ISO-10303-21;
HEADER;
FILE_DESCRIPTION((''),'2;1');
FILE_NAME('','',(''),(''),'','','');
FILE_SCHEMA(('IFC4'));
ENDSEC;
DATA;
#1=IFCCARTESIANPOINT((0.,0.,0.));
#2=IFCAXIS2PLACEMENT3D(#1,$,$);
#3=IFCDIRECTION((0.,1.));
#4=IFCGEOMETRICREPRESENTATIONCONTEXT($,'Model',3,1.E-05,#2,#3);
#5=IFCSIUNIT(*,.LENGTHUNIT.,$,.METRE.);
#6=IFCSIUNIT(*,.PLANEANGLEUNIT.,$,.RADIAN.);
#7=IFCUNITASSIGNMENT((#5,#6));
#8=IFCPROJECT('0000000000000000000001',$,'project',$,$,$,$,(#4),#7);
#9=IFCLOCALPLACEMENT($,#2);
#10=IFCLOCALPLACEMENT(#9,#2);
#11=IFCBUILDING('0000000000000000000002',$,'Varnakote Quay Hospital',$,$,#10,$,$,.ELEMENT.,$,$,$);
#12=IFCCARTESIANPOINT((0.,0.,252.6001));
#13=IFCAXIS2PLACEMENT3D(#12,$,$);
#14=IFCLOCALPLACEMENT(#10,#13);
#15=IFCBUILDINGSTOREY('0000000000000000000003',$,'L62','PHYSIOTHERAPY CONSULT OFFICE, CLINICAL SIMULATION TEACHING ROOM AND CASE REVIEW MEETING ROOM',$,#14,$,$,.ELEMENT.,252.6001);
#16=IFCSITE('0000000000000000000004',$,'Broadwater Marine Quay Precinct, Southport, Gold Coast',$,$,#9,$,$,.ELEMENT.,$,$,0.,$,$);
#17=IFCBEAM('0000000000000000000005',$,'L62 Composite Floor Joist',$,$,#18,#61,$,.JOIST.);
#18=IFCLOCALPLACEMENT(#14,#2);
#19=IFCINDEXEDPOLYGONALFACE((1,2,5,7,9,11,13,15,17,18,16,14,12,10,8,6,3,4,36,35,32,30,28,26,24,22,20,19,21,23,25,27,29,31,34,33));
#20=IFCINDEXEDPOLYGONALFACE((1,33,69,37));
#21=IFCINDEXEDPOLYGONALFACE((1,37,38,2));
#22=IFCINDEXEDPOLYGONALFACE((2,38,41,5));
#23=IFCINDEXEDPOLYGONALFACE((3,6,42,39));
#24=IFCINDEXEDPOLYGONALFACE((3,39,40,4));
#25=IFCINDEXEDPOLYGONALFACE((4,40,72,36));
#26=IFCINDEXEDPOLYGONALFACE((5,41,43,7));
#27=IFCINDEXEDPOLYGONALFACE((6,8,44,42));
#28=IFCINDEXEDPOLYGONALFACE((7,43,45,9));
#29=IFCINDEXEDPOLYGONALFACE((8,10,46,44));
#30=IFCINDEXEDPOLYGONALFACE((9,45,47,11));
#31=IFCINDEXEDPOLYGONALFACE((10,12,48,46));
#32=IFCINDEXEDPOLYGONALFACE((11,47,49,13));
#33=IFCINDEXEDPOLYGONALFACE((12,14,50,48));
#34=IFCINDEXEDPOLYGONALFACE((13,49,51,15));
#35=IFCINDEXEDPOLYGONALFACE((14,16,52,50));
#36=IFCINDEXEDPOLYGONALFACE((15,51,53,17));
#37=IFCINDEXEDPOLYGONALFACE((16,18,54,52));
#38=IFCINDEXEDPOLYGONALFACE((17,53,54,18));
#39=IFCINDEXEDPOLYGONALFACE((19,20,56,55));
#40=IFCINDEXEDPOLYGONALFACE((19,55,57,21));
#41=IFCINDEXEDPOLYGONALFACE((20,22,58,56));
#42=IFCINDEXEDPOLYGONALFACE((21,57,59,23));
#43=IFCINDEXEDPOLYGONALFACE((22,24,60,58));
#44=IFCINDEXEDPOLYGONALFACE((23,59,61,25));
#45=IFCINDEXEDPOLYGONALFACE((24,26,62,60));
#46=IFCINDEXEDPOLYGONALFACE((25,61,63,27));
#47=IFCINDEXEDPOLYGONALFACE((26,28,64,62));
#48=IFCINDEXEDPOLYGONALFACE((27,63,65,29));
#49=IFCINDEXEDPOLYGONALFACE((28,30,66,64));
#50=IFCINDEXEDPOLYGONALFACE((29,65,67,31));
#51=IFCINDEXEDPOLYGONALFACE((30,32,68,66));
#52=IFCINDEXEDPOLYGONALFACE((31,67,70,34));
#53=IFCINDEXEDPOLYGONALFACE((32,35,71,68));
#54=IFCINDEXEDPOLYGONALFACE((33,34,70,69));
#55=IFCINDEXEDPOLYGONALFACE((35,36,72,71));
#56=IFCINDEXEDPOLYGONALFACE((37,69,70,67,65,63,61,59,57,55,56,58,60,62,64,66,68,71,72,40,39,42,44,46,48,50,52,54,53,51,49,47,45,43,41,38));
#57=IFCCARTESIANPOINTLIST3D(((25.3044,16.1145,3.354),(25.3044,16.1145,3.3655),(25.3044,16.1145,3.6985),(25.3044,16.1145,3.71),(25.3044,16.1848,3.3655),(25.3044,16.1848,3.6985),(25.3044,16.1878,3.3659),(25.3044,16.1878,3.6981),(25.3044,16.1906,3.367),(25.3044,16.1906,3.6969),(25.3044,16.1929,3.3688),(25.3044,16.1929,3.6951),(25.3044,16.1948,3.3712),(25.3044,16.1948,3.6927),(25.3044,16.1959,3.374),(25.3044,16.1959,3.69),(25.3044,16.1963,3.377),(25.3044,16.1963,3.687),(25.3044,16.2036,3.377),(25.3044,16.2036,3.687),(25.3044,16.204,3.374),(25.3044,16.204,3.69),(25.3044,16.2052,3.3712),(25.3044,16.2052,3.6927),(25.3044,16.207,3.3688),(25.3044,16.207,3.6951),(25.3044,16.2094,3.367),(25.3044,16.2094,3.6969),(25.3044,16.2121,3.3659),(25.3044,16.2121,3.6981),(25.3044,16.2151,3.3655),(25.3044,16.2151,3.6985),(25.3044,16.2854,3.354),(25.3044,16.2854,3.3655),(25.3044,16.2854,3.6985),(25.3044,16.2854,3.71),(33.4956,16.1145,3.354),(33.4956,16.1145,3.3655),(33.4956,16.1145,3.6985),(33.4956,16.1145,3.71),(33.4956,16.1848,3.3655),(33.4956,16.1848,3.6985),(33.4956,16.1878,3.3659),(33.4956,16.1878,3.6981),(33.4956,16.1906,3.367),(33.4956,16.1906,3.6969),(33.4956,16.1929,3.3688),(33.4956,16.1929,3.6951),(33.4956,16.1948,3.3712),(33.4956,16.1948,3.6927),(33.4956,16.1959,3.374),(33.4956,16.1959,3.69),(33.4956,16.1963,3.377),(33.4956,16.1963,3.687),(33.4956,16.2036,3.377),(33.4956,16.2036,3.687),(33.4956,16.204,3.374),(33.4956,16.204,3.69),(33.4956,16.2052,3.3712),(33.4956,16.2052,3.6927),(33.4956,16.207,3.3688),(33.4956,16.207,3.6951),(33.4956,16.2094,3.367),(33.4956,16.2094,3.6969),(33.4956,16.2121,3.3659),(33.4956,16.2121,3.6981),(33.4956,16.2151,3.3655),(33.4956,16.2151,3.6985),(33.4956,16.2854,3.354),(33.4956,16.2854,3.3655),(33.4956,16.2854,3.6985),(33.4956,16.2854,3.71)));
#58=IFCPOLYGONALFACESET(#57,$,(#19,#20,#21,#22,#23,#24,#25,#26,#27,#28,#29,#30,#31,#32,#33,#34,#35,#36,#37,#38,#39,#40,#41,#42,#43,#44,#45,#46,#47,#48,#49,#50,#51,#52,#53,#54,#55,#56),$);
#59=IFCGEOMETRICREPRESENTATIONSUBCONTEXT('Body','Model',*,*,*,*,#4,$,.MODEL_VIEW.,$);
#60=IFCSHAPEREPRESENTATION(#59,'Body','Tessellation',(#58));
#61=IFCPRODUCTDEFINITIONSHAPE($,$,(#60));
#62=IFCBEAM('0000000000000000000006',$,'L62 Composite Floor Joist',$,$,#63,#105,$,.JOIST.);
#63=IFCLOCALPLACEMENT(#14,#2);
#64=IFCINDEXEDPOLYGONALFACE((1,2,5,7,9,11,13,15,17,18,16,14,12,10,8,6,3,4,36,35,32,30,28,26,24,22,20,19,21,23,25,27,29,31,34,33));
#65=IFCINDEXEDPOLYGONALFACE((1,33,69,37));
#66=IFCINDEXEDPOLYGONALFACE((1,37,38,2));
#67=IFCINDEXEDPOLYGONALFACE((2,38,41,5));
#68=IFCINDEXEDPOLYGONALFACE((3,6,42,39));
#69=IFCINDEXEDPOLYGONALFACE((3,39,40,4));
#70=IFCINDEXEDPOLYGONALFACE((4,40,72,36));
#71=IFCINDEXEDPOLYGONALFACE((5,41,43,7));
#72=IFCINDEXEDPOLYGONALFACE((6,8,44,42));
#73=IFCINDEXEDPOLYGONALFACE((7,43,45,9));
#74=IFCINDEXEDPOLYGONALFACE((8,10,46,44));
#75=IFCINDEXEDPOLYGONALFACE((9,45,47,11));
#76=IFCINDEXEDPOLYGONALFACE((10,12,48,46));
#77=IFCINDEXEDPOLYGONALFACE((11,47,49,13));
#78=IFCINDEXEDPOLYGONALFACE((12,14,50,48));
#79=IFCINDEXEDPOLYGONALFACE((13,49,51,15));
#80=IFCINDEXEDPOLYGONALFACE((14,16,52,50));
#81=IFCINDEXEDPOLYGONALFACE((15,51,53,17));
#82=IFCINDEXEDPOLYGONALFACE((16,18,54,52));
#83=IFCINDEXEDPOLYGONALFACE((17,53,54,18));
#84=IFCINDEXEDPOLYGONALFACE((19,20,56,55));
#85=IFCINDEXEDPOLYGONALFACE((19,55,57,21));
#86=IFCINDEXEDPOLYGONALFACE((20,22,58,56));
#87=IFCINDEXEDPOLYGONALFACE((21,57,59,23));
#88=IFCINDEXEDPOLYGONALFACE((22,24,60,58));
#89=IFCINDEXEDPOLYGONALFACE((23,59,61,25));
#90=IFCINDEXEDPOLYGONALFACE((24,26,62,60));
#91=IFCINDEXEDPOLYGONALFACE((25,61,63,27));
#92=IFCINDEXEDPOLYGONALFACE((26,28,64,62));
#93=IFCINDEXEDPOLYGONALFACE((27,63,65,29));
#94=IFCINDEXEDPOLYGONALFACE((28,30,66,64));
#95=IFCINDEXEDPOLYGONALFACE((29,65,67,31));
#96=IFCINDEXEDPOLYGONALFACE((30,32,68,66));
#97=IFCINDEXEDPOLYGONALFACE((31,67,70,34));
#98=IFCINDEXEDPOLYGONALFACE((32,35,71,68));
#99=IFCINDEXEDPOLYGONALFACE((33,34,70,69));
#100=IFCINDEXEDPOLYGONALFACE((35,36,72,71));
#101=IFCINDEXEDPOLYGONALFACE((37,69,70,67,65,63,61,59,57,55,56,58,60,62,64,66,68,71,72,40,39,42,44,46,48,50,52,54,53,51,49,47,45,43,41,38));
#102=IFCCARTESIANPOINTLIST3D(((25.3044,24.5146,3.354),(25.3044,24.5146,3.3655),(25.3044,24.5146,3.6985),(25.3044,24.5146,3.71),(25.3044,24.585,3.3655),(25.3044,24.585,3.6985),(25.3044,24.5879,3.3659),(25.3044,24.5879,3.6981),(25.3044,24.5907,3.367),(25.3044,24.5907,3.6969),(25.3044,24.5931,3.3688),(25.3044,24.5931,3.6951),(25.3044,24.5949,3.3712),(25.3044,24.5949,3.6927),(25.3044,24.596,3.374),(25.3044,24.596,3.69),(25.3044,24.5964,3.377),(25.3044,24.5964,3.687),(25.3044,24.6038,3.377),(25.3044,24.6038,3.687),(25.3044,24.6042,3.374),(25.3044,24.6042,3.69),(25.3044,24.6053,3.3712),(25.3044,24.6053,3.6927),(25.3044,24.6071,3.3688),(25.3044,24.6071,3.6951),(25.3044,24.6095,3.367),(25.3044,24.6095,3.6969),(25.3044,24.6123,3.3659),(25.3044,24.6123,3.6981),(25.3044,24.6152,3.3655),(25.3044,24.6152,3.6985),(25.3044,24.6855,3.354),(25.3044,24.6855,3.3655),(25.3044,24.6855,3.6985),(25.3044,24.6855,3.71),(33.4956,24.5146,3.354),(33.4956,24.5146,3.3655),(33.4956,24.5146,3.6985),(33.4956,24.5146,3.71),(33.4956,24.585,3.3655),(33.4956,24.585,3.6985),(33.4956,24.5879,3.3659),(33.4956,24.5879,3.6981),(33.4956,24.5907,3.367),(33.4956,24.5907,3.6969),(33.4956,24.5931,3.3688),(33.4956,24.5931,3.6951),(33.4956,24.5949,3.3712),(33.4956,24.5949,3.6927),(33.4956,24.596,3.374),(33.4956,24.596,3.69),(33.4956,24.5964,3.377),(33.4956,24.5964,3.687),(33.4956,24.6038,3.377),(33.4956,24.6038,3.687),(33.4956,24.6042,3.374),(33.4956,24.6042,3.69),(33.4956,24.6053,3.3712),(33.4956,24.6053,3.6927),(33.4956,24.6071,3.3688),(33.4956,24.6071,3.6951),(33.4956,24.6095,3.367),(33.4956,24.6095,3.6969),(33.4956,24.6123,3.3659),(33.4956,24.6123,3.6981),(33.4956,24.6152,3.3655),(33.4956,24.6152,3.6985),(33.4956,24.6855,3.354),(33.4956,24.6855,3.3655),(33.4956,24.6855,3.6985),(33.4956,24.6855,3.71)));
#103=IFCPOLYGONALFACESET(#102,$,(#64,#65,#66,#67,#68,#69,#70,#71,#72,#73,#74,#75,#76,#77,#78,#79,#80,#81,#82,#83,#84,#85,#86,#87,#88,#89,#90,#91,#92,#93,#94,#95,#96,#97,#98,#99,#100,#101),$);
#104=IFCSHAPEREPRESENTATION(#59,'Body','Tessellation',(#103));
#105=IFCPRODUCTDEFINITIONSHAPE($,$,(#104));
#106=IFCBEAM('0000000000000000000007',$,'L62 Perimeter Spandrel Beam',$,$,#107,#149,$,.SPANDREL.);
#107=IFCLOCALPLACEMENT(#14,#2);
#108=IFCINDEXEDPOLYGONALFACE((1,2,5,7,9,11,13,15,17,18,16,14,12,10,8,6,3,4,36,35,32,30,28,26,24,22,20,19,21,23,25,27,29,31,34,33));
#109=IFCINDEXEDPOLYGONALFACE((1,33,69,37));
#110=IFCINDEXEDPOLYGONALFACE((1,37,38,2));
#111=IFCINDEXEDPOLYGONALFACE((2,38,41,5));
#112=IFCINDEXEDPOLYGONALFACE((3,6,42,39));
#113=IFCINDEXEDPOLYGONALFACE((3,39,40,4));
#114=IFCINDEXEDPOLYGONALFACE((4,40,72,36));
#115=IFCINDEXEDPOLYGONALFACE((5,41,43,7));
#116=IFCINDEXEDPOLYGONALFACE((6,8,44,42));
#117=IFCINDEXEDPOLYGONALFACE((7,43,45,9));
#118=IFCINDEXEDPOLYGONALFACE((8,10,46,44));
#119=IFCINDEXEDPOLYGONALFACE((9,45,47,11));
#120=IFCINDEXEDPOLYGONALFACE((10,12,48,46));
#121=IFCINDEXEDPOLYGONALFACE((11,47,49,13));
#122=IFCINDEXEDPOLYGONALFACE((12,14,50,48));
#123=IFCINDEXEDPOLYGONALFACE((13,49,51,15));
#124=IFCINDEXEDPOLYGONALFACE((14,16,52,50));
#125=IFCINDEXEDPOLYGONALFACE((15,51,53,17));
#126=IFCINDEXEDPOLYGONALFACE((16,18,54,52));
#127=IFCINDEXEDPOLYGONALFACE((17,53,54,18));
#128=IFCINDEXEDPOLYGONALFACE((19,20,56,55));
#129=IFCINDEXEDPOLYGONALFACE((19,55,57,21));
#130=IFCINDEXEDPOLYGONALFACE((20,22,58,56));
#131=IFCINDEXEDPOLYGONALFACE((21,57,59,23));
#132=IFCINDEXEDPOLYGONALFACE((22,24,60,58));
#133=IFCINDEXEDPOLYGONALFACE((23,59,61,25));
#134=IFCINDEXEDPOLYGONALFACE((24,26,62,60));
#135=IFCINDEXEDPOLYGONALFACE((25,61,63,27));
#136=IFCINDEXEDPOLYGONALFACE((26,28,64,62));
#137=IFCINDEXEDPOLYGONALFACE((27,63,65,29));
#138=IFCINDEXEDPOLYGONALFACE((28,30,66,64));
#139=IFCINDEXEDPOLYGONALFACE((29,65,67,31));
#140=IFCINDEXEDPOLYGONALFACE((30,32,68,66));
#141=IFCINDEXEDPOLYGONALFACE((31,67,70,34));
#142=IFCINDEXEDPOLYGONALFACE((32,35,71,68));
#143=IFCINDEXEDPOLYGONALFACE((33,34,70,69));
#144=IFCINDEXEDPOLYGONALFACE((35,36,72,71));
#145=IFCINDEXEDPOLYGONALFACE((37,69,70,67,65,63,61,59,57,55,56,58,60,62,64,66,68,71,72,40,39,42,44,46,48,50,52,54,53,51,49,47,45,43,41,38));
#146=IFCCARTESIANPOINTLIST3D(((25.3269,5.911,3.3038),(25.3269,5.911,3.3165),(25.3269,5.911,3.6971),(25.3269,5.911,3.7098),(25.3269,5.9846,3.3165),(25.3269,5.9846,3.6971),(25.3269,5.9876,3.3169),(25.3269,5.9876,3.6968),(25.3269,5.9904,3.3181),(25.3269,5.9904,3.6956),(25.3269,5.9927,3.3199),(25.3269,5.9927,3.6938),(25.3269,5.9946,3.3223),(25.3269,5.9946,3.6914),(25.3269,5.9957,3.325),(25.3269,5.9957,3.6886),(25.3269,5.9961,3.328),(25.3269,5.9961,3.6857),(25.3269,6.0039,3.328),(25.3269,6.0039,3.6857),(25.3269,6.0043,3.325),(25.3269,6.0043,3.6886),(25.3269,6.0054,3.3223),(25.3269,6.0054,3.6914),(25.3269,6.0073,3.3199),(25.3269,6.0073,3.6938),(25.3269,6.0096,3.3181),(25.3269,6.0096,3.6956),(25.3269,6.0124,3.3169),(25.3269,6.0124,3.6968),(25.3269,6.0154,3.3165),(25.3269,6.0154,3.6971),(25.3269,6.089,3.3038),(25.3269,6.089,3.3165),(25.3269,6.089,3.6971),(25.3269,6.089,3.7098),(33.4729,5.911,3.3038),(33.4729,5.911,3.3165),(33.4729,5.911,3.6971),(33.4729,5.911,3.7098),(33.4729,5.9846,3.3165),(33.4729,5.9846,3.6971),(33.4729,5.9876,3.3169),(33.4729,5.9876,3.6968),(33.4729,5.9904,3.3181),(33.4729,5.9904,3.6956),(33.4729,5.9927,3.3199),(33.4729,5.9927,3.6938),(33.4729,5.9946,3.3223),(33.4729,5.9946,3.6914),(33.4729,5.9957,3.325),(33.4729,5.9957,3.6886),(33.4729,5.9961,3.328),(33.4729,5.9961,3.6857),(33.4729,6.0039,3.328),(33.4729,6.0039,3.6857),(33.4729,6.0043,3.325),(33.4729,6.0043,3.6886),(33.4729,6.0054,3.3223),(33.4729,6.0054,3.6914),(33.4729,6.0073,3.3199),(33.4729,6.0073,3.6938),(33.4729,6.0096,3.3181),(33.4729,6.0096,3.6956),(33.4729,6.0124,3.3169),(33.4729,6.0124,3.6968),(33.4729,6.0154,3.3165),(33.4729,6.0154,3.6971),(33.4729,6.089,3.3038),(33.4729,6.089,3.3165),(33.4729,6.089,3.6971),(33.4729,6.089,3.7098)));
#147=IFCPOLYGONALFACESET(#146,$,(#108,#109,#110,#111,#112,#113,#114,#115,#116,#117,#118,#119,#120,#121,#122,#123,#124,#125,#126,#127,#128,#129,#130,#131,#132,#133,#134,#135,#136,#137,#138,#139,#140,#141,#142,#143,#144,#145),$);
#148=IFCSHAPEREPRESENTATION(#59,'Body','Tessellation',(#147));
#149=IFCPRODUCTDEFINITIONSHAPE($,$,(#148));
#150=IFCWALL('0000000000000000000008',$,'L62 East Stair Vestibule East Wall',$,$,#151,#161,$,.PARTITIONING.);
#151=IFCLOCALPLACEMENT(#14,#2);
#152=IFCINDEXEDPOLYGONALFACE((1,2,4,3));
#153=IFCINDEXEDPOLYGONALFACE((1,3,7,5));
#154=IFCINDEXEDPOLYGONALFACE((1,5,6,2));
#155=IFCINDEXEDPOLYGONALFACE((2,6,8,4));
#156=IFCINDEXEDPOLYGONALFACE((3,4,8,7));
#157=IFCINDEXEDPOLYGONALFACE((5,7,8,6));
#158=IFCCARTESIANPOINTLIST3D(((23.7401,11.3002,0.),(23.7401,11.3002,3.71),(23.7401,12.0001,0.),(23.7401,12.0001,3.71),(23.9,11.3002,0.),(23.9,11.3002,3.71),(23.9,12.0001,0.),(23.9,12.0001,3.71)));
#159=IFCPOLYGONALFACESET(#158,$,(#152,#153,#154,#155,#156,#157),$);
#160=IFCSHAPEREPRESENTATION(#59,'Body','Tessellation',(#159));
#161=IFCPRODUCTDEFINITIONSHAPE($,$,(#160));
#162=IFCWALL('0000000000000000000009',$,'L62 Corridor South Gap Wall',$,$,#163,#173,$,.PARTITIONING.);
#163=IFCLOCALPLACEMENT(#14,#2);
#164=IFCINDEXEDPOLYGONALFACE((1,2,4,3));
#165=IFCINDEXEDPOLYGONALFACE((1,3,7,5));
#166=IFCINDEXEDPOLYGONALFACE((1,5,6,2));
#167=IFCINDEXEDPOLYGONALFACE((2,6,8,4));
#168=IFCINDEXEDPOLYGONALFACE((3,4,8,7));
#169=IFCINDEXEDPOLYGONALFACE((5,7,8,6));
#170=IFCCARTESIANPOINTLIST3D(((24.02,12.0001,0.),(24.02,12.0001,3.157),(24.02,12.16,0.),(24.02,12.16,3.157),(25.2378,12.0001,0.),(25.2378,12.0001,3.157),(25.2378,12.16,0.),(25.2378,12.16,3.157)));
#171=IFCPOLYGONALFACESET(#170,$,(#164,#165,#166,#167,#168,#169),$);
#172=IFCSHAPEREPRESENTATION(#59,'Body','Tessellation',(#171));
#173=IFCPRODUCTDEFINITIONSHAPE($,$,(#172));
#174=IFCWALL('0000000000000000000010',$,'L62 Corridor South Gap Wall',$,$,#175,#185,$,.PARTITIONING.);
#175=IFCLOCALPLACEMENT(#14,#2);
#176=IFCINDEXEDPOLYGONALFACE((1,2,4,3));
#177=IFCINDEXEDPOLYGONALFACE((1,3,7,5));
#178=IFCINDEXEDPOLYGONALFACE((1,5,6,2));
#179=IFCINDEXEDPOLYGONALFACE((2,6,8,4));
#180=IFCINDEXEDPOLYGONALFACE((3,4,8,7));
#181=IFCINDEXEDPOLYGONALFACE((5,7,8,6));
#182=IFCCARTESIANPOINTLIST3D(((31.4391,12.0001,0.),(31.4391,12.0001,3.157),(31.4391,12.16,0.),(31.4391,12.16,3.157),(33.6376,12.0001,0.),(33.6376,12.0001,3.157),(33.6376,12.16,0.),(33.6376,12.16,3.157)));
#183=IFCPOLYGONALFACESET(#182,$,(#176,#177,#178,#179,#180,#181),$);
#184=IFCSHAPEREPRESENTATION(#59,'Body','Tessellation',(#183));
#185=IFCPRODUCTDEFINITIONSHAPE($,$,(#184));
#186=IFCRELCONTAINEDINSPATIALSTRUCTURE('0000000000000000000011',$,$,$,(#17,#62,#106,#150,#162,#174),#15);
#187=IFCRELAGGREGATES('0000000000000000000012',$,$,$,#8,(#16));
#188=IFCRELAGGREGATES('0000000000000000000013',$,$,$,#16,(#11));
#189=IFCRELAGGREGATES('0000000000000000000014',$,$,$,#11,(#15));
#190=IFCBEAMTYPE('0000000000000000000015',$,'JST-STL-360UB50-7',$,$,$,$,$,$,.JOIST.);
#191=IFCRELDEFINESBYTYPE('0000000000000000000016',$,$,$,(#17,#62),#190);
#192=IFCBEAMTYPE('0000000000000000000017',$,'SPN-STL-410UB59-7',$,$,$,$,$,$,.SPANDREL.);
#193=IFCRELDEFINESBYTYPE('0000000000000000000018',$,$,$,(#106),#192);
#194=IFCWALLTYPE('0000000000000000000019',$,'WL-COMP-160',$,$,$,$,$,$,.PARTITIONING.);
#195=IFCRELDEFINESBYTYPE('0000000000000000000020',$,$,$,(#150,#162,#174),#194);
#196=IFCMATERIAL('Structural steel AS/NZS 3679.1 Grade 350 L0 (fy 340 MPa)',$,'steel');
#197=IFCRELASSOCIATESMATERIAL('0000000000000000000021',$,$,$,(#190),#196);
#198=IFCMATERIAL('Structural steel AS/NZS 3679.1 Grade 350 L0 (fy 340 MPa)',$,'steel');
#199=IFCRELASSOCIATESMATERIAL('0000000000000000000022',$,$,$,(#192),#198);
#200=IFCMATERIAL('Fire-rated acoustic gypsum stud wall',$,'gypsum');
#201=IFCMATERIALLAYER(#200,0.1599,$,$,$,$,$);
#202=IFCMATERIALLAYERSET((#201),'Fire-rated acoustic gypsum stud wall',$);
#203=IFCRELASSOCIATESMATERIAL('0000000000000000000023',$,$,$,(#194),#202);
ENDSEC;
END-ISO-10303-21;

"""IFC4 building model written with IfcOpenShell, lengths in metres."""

from ifc_helpers import new_model, si_unit, direction, frame, frame_2d, origin, origin_2d, place, context, subcontext, project, spatial, rectangle, i_section, extrude, material, layer, layer_set, material_profile, profile_set, type_object, element, save


model = new_model("IFC4")

# Units and contexts
model_context = context("Model", 3, precision=1e-05, world=origin(), true_north=direction((0.0, 1.0)))
body_context = subcontext(model_context, "Body", "Model", "MODEL_VIEW")
ifc_project = project(units=[si_unit("LENGTHUNIT", "METRE"), si_unit("PLANEANGLEUNIT", "RADIAN")], contexts=[model_context])

# Site, building, storey
site_placement = place(None, origin())
site = spatial("IfcSite", under=ifc_project, at=site_placement, Name="Broadwater Marine Quay Precinct, Southport, Gold Coast", CompositionType="ELEMENT", RefElevation=0.0)
building_placement = place(site_placement, origin())
building = spatial("IfcBuilding", under=site, at=building_placement, Name="Varnakote Quay Hospital", CompositionType="ELEMENT")
storey_placement = place(building_placement, frame((0.0, 0.0, 252.6001)))
storey = spatial("IfcBuildingStorey", under=building, at=storey_placement, Name="L62", Description="PHYSIOTHERAPY CONSULT OFFICE, CLINICAL SIMULATION TEACHING ROOM AND CASE REVIEW MEETING ROOM", CompositionType="ELEMENT", Elevation=252.6001)

# Beams
ifc_material_1 = material(Name="Structural steel AS/NZS 3679.1 Grade 350 L0 (fy 340 MPa)", Category="steel")
ifc_material_profile_1 = material_profile(ifc_material_1, i_section(OverallWidth=0.1709, OverallDepth=0.356, WebThickness=0.0073, FlangeThickness=0.0115, FilletRadius=0.0115, at=origin_2d()), Name="360UB50.7")
ifc_profile_set_1 = profile_set([ifc_material_profile_1], Name="Structural steel AS/NZS 3679.1 Grade 350 L0 (fy 340 MPa)")
beam_type_1 = type_object("IfcBeamType", Name="JST-STL-360UB50-7", PredefinedType="JOIST", material=ifc_profile_set_1)
for number, where, z_axis, x_axis, name in (
    (1, (25.3044, 16.2, 3.532), (1.0, 0.0, 0.0), (0.0, 1.0, 0.0), "L62 Composite Floor Joist"),
    (2, (25.3044, 24.6001, 3.532), (1.0, 0.0, 0.0), (0.0, 1.0, 0.0), "L62 Composite Floor Joist"),
):
    element("IfcBeam", number, at=place(storey_placement, frame(where, z_axis=z_axis, x_axis=x_axis)), inside=storey, type_object=beam_type_1, Name=name, PredefinedType="JOIST", context=body_context, shape_type="SweptSolid", body=[
        extrude(i_section(OverallWidth=0.1709, OverallDepth=0.356, WebThickness=0.0073, FlangeThickness=0.0115, FilletRadius=0.0115, at=origin_2d()), origin(), (0.0, 0.0, 1.0), 8.1912),
    ])
ifc_material_2 = material(Name="Structural steel AS/NZS 3679.1 Grade 350 L0 (fy 340 MPa)", Category="steel")
ifc_material_profile_2 = material_profile(ifc_material_2, i_section(OverallWidth=0.178, OverallDepth=0.406, WebThickness=0.0078, FlangeThickness=0.0127, FilletRadius=0.0115, at=origin_2d()), Name="410UB59.7")
ifc_profile_set_2 = profile_set([ifc_material_profile_2], Name="Structural steel AS/NZS 3679.1 Grade 350 L0 (fy 340 MPa)")
beam_type_2 = type_object("IfcBeamType", Name="SPN-STL-410UB59-7", PredefinedType="SPANDREL", material=ifc_profile_set_2)
beam_1_placement = place(storey_placement, frame((25.3269, 6.0, 3.5068), z_axis=(1.0, 0.0, 0.0), x_axis=(0.0, 1.0, 0.0)))
element("IfcBeam", 3, at=beam_1_placement, inside=storey, type_object=beam_type_2, Name="L62 Perimeter Spandrel Beam", PredefinedType="SPANDREL", context=body_context, shape_type="SweptSolid", body=[
    extrude(i_section(OverallWidth=0.178, OverallDepth=0.406, WebThickness=0.0078, FlangeThickness=0.0127, FilletRadius=0.0115, at=origin_2d()), origin(), (0.0, 0.0, 1.0), 8.146),
])

# Walls
ifc_material_3 = material(Name="Fire-rated acoustic gypsum stud wall", Category="gypsum")
ifc_layer_1 = layer(ifc_material_3, 0.1599)
ifc_layer_set_1 = layer_set([ifc_layer_1], Name="Fire-rated acoustic gypsum stud wall")
wall_type_1 = type_object("IfcWallType", Name="WL-COMP-160", PredefinedType="PARTITIONING", material=ifc_layer_set_1)
wall_1_placement = place(storey_placement, frame((23.8201, 11.3, 0.0), z_axis=(0.0, 0.0, 1.0), x_axis=(0.0, 1.0, 0.0)))
element("IfcWall", 4, at=wall_1_placement, inside=storey, type_object=wall_type_1, Name="L62 East Stair Vestibule East Wall", PredefinedType="PARTITIONING", context=body_context, shape_type="SweptSolid", body=[
    extrude(rectangle(XDim=0.7, YDim=0.1599, at=frame_2d((0.3501, 0.0))), origin(), (0.0, 0.0, 1.0), 3.71),
])
wall_2_placement = place(storey_placement, frame((24.02, 12.0801, 0.0), z_axis=(0.0, 0.0, 1.0), x_axis=(1.0, 0.0, 0.0)))
element("IfcWall", 5, at=wall_2_placement, inside=storey, type_object=wall_type_1, Name="L62 Corridor South Gap Wall", PredefinedType="PARTITIONING", context=body_context, shape_type="SweptSolid", body=[
    extrude(rectangle(XDim=1.2178, YDim=0.1599, at=frame_2d((0.6089, 0.0))), origin(), (0.0, 0.0, 1.0), 3.157),
])
wall_3_placement = place(storey_placement, frame((31.4392, 12.0801, 0.0), z_axis=(0.0, 0.0, 1.0), x_axis=(1.0, 0.0, 0.0)))
element("IfcWall", 6, at=wall_3_placement, inside=storey, type_object=wall_type_1, Name="L62 Corridor South Gap Wall", PredefinedType="PARTITIONING", context=body_context, shape_type="SweptSolid", body=[
    extrude(rectangle(XDim=2.1985, YDim=0.1599, at=frame_2d((1.0991, 0.0))), origin(), (0.0, 0.0, 1.0), 3.157),
])

save(model, "model.ifc")
